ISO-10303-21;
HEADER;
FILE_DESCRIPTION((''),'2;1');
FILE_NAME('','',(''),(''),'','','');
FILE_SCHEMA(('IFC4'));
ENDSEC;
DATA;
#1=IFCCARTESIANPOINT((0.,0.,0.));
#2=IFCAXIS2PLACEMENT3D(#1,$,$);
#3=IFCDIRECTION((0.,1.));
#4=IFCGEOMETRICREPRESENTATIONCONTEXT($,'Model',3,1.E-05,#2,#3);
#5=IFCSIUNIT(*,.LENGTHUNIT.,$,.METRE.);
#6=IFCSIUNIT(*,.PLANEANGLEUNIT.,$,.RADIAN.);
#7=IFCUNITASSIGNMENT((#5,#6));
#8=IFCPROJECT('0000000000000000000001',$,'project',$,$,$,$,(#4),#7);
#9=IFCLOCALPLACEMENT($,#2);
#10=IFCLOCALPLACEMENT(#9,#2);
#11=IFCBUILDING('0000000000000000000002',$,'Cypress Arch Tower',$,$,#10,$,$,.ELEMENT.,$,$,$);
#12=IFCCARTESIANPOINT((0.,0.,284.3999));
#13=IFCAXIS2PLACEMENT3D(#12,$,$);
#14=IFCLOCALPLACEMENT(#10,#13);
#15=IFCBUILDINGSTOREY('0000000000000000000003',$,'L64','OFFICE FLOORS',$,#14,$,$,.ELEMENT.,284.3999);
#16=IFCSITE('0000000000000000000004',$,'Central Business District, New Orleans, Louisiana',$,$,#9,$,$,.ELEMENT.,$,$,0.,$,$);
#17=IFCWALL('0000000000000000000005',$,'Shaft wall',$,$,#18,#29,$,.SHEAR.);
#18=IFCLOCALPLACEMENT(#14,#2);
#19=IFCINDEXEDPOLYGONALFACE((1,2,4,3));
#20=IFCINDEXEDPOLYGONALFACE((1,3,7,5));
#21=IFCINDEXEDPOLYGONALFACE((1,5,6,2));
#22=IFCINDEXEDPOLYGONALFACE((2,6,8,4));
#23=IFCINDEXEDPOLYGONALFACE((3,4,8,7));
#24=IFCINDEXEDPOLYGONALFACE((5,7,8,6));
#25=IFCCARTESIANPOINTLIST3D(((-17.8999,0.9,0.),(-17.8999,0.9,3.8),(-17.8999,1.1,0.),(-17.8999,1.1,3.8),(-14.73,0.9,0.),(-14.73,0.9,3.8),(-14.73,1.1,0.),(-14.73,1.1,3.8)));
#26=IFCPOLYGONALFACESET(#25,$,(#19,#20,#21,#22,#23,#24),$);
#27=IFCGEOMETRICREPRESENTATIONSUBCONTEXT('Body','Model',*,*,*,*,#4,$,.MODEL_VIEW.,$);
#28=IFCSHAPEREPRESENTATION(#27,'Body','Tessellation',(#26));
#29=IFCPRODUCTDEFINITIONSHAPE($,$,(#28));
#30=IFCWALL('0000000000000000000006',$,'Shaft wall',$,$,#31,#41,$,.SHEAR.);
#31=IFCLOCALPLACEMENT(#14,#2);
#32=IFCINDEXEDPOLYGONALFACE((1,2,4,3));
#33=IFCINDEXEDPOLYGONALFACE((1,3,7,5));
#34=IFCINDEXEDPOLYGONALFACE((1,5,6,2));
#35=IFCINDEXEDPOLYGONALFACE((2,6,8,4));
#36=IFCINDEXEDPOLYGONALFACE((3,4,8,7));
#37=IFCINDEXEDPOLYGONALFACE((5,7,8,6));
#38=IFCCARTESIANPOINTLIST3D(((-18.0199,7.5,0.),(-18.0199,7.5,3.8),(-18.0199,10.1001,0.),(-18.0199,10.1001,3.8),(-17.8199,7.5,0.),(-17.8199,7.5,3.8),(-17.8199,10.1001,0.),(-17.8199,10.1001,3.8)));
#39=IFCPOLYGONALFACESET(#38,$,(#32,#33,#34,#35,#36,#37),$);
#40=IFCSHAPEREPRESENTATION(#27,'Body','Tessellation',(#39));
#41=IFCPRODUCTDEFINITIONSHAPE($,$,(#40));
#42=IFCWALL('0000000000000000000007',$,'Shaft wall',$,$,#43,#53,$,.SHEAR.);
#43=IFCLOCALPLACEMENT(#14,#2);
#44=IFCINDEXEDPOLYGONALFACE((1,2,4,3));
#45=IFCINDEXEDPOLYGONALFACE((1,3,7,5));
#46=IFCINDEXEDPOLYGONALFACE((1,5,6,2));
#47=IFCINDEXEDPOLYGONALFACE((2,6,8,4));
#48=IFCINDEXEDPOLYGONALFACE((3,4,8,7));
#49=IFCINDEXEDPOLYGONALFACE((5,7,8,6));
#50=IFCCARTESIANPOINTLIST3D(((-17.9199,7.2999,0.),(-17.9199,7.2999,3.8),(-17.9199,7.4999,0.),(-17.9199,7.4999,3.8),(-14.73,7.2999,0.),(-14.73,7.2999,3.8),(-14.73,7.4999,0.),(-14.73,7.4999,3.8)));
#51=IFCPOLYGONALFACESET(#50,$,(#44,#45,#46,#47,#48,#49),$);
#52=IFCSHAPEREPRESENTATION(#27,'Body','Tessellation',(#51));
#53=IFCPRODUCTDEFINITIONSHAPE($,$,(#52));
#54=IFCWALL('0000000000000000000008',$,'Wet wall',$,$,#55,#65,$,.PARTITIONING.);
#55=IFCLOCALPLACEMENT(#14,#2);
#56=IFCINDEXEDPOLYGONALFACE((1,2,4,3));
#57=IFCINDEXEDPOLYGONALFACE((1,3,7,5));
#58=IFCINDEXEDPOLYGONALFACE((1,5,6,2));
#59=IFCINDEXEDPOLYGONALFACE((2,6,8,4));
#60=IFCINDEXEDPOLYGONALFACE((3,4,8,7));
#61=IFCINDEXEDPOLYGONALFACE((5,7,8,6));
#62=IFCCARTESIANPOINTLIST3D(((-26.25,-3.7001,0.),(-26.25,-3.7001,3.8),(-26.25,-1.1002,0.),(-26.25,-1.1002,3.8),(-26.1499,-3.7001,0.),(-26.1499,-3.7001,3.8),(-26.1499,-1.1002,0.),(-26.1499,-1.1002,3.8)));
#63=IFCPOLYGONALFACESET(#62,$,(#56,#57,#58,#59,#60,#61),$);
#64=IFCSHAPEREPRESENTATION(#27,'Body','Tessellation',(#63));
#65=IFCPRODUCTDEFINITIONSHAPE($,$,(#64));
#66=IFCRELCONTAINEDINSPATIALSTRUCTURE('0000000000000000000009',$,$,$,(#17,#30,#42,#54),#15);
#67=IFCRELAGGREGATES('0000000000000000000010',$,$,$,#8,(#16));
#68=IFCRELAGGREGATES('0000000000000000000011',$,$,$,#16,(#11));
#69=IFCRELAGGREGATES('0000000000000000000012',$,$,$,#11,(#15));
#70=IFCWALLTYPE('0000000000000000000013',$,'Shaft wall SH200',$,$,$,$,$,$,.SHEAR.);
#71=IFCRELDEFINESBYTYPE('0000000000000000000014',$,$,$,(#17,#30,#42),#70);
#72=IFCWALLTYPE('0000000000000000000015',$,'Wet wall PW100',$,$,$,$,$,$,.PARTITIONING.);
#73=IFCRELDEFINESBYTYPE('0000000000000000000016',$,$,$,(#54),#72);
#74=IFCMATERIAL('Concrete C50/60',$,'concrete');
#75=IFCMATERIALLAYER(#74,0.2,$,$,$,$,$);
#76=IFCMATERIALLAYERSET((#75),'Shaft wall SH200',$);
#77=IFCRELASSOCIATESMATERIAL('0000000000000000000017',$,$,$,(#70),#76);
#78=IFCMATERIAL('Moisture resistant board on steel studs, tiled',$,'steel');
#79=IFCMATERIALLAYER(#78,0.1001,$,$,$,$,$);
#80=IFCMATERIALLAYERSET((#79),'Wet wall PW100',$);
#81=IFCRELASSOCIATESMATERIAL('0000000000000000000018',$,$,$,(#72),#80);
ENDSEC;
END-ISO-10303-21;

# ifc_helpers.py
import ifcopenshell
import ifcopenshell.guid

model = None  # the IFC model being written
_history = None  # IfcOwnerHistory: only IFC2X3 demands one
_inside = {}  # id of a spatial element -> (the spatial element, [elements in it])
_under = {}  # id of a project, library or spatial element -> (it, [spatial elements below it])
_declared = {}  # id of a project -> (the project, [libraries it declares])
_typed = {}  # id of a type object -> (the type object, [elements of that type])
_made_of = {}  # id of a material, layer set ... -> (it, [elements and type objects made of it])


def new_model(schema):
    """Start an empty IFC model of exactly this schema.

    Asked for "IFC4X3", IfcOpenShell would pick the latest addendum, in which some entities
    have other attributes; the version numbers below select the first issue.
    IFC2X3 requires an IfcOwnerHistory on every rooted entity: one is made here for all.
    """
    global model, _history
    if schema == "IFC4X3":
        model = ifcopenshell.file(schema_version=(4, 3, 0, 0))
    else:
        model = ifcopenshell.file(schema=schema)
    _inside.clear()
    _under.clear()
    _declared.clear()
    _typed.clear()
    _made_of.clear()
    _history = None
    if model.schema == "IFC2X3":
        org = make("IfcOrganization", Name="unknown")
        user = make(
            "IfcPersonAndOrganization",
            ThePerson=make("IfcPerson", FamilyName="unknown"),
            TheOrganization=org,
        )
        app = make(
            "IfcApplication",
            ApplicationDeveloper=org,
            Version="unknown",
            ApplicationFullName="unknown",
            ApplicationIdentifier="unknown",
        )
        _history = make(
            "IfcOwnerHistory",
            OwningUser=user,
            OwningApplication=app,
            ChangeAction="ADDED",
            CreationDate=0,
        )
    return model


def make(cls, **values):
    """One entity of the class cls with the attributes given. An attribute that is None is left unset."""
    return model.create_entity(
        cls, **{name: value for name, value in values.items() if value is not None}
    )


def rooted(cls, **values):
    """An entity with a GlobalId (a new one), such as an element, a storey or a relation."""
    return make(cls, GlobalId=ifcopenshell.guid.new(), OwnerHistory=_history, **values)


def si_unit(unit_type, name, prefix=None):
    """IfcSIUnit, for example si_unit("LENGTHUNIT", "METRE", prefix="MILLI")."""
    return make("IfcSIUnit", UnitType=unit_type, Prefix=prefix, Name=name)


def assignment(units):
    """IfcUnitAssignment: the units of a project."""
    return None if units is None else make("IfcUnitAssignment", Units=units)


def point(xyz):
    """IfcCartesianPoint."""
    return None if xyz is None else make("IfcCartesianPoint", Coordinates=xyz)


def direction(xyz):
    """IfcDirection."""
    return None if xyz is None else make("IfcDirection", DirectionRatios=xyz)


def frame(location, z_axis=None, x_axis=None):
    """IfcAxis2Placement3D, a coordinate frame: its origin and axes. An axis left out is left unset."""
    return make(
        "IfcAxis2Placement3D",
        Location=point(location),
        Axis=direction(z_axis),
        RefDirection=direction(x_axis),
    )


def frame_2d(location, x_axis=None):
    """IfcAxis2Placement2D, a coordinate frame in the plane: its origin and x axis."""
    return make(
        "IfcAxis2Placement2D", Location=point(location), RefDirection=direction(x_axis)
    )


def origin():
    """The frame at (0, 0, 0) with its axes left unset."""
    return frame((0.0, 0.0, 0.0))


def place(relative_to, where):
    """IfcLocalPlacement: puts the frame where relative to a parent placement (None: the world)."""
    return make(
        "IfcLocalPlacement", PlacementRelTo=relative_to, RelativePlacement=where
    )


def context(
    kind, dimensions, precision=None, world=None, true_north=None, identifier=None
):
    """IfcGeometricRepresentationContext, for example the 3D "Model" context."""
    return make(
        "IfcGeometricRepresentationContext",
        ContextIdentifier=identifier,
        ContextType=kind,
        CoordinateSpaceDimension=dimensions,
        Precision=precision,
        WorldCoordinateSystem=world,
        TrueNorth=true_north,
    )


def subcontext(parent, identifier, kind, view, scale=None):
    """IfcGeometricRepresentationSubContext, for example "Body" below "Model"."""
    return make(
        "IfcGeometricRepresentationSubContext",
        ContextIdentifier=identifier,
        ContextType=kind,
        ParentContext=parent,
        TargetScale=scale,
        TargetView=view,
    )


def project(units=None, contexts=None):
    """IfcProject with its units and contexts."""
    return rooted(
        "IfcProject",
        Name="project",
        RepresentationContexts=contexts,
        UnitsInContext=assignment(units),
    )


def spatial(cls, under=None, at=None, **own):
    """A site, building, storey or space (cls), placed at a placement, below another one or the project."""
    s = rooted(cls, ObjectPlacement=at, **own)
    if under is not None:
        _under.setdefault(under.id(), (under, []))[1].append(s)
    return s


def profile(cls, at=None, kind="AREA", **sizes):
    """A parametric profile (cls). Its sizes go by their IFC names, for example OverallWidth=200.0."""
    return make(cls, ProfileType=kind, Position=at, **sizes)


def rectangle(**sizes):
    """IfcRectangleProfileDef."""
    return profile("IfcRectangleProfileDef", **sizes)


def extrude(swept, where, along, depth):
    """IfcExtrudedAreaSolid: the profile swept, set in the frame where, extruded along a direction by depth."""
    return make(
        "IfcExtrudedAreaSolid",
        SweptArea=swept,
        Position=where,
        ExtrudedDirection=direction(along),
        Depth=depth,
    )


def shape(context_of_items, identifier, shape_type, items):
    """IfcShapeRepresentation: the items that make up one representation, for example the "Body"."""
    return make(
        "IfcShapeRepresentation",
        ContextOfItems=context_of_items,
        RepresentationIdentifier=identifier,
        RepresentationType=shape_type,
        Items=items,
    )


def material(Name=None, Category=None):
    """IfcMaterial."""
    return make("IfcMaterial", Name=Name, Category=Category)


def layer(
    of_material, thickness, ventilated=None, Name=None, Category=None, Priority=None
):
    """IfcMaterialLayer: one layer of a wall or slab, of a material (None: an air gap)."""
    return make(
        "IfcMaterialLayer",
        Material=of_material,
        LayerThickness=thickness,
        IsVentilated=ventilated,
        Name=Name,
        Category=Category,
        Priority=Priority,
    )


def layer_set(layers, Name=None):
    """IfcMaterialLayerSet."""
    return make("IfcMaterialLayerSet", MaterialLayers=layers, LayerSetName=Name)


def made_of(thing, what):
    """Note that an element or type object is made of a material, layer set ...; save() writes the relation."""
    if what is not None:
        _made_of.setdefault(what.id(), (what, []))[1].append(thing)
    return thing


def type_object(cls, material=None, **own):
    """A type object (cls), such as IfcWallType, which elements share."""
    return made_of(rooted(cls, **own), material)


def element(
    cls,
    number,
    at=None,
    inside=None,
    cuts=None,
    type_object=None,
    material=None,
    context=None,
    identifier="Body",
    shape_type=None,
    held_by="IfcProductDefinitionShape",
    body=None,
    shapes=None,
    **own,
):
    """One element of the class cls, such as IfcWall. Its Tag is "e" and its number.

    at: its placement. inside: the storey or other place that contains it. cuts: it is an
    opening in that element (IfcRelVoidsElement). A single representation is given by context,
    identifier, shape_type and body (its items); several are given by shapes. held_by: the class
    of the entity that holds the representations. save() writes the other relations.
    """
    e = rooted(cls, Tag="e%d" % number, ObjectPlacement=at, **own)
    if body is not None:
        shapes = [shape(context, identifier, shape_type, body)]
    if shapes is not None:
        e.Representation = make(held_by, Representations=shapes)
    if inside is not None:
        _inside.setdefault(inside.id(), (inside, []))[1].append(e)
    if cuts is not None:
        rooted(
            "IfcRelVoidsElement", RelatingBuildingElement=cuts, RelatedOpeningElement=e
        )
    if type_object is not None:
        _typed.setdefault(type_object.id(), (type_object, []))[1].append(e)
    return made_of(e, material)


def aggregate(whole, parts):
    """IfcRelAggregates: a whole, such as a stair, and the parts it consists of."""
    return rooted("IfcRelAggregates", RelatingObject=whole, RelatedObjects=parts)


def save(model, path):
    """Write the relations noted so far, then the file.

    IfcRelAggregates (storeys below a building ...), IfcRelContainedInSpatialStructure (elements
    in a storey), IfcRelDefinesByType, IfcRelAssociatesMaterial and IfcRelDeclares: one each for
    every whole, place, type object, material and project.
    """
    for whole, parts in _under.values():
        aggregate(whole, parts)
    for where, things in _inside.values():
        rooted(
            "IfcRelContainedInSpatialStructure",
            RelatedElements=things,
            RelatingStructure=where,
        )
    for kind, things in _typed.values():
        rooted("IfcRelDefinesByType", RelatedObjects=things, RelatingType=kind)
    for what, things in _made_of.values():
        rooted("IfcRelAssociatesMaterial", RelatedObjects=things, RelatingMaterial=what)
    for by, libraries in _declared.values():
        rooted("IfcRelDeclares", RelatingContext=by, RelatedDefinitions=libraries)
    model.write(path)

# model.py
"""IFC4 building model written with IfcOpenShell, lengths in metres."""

from ifc_helpers import new_model, si_unit, direction, frame, frame_2d, origin, place, context, subcontext, project, spatial, rectangle, extrude, material, layer, layer_set, type_object, element, save


model = new_model("IFC4")

# Units and contexts
model_context = context("Model", 3, precision=1e-05, world=origin(), true_north=direction((0.0, 1.0)))
body_context = subcontext(model_context, "Body", "Model", "MODEL_VIEW")
ifc_project = project(units=[si_unit("LENGTHUNIT", "METRE"), si_unit("PLANEANGLEUNIT", "RADIAN")], contexts=[model_context])

# Site, building, storey
site_placement = place(None, origin())
site = spatial("IfcSite", under=ifc_project, at=site_placement, Name="Central Business District, New Orleans, Louisiana", CompositionType="ELEMENT", RefElevation=0.0)
building_placement = place(site_placement, origin())
building = spatial("IfcBuilding", under=site, at=building_placement, Name="Cypress Arch Tower", CompositionType="ELEMENT")
storey_placement = place(building_placement, frame((0.0, 0.0, 284.3999)))
storey = spatial("IfcBuildingStorey", under=building, at=storey_placement, Name="L64", Description="OFFICE FLOORS", CompositionType="ELEMENT", Elevation=284.3999)

# Shared definitions
ifc_material_1 = material(Name="Concrete C50/60", Category="concrete")
ifc_layer_1 = layer(ifc_material_1, 0.2)
ifc_layer_set_1 = layer_set([ifc_layer_1], Name="Shaft wall SH200")
wall_type_1 = type_object("IfcWallType", Name="Shaft wall SH200", PredefinedType="SHEAR", material=ifc_layer_set_1)

# Walls
wall_1_placement = place(storey_placement, frame((-17.8999, 1.0, 0.0), z_axis=(0.0, 0.0, 1.0), x_axis=(1.0, 0.0, 0.0)))
element("IfcWall", 1, at=wall_1_placement, inside=storey, type_object=wall_type_1, Name="Shaft wall", PredefinedType="SHEAR", context=body_context, shape_type="SweptSolid", body=[
    extrude(rectangle(XDim=3.1699, YDim=0.2, at=frame_2d((1.585, 0.0))), origin(), (0.0, 0.0, 1.0), 3.8),
])
wall_2_placement = place(storey_placement, frame((-17.9199, 7.5, 0.0), z_axis=(0.0, 0.0, 1.0), x_axis=(0.0, 1.0, 0.0)))
element("IfcWall", 2, at=wall_2_placement, inside=storey, type_object=wall_type_1, Name="Shaft wall", PredefinedType="SHEAR", context=body_context, shape_type="SweptSolid", body=[
    extrude(rectangle(XDim=2.6001, YDim=0.2, at=frame_2d((1.3, 0.0))), origin(), (0.0, 0.0, 1.0), 3.8),
])
wall_3_placement = place(storey_placement, frame((-17.9199, 7.3999, 0.0), z_axis=(0.0, 0.0, 1.0), x_axis=(1.0, 0.0, 0.0)))
element("IfcWall", 3, at=wall_3_placement, inside=storey, type_object=wall_type_1, Name="Shaft wall", PredefinedType="SHEAR", context=body_context, shape_type="SweptSolid", body=[
    extrude(rectangle(XDim=3.1899, YDim=0.2, at=frame_2d((1.595, 0.0))), origin(), (0.0, 0.0, 1.0), 3.8),
])
ifc_material_2 = material(Name="Moisture resistant board on steel studs, tiled", Category="steel")
ifc_layer_2 = layer(ifc_material_2, 0.1001)
ifc_layer_set_2 = layer_set([ifc_layer_2], Name="Wet wall PW100")
wall_type_2 = type_object("IfcWallType", Name="Wet wall PW100", PredefinedType="PARTITIONING", material=ifc_layer_set_2)
wall_4_placement = place(storey_placement, frame((-26.2, -3.7, 0.0), z_axis=(0.0, 0.0, 1.0), x_axis=(0.0, 1.0, 0.0)))
element("IfcWall", 4, at=wall_4_placement, inside=storey, type_object=wall_type_2, Name="Wet wall", PredefinedType="PARTITIONING", context=body_context, shape_type="SweptSolid", body=[
    extrude(rectangle(XDim=2.5999, YDim=0.1001, at=frame_2d((1.2998, 0.0))), origin(), (0.0, 0.0, 1.0), 3.8),
])

save(model, "model.ifc")
